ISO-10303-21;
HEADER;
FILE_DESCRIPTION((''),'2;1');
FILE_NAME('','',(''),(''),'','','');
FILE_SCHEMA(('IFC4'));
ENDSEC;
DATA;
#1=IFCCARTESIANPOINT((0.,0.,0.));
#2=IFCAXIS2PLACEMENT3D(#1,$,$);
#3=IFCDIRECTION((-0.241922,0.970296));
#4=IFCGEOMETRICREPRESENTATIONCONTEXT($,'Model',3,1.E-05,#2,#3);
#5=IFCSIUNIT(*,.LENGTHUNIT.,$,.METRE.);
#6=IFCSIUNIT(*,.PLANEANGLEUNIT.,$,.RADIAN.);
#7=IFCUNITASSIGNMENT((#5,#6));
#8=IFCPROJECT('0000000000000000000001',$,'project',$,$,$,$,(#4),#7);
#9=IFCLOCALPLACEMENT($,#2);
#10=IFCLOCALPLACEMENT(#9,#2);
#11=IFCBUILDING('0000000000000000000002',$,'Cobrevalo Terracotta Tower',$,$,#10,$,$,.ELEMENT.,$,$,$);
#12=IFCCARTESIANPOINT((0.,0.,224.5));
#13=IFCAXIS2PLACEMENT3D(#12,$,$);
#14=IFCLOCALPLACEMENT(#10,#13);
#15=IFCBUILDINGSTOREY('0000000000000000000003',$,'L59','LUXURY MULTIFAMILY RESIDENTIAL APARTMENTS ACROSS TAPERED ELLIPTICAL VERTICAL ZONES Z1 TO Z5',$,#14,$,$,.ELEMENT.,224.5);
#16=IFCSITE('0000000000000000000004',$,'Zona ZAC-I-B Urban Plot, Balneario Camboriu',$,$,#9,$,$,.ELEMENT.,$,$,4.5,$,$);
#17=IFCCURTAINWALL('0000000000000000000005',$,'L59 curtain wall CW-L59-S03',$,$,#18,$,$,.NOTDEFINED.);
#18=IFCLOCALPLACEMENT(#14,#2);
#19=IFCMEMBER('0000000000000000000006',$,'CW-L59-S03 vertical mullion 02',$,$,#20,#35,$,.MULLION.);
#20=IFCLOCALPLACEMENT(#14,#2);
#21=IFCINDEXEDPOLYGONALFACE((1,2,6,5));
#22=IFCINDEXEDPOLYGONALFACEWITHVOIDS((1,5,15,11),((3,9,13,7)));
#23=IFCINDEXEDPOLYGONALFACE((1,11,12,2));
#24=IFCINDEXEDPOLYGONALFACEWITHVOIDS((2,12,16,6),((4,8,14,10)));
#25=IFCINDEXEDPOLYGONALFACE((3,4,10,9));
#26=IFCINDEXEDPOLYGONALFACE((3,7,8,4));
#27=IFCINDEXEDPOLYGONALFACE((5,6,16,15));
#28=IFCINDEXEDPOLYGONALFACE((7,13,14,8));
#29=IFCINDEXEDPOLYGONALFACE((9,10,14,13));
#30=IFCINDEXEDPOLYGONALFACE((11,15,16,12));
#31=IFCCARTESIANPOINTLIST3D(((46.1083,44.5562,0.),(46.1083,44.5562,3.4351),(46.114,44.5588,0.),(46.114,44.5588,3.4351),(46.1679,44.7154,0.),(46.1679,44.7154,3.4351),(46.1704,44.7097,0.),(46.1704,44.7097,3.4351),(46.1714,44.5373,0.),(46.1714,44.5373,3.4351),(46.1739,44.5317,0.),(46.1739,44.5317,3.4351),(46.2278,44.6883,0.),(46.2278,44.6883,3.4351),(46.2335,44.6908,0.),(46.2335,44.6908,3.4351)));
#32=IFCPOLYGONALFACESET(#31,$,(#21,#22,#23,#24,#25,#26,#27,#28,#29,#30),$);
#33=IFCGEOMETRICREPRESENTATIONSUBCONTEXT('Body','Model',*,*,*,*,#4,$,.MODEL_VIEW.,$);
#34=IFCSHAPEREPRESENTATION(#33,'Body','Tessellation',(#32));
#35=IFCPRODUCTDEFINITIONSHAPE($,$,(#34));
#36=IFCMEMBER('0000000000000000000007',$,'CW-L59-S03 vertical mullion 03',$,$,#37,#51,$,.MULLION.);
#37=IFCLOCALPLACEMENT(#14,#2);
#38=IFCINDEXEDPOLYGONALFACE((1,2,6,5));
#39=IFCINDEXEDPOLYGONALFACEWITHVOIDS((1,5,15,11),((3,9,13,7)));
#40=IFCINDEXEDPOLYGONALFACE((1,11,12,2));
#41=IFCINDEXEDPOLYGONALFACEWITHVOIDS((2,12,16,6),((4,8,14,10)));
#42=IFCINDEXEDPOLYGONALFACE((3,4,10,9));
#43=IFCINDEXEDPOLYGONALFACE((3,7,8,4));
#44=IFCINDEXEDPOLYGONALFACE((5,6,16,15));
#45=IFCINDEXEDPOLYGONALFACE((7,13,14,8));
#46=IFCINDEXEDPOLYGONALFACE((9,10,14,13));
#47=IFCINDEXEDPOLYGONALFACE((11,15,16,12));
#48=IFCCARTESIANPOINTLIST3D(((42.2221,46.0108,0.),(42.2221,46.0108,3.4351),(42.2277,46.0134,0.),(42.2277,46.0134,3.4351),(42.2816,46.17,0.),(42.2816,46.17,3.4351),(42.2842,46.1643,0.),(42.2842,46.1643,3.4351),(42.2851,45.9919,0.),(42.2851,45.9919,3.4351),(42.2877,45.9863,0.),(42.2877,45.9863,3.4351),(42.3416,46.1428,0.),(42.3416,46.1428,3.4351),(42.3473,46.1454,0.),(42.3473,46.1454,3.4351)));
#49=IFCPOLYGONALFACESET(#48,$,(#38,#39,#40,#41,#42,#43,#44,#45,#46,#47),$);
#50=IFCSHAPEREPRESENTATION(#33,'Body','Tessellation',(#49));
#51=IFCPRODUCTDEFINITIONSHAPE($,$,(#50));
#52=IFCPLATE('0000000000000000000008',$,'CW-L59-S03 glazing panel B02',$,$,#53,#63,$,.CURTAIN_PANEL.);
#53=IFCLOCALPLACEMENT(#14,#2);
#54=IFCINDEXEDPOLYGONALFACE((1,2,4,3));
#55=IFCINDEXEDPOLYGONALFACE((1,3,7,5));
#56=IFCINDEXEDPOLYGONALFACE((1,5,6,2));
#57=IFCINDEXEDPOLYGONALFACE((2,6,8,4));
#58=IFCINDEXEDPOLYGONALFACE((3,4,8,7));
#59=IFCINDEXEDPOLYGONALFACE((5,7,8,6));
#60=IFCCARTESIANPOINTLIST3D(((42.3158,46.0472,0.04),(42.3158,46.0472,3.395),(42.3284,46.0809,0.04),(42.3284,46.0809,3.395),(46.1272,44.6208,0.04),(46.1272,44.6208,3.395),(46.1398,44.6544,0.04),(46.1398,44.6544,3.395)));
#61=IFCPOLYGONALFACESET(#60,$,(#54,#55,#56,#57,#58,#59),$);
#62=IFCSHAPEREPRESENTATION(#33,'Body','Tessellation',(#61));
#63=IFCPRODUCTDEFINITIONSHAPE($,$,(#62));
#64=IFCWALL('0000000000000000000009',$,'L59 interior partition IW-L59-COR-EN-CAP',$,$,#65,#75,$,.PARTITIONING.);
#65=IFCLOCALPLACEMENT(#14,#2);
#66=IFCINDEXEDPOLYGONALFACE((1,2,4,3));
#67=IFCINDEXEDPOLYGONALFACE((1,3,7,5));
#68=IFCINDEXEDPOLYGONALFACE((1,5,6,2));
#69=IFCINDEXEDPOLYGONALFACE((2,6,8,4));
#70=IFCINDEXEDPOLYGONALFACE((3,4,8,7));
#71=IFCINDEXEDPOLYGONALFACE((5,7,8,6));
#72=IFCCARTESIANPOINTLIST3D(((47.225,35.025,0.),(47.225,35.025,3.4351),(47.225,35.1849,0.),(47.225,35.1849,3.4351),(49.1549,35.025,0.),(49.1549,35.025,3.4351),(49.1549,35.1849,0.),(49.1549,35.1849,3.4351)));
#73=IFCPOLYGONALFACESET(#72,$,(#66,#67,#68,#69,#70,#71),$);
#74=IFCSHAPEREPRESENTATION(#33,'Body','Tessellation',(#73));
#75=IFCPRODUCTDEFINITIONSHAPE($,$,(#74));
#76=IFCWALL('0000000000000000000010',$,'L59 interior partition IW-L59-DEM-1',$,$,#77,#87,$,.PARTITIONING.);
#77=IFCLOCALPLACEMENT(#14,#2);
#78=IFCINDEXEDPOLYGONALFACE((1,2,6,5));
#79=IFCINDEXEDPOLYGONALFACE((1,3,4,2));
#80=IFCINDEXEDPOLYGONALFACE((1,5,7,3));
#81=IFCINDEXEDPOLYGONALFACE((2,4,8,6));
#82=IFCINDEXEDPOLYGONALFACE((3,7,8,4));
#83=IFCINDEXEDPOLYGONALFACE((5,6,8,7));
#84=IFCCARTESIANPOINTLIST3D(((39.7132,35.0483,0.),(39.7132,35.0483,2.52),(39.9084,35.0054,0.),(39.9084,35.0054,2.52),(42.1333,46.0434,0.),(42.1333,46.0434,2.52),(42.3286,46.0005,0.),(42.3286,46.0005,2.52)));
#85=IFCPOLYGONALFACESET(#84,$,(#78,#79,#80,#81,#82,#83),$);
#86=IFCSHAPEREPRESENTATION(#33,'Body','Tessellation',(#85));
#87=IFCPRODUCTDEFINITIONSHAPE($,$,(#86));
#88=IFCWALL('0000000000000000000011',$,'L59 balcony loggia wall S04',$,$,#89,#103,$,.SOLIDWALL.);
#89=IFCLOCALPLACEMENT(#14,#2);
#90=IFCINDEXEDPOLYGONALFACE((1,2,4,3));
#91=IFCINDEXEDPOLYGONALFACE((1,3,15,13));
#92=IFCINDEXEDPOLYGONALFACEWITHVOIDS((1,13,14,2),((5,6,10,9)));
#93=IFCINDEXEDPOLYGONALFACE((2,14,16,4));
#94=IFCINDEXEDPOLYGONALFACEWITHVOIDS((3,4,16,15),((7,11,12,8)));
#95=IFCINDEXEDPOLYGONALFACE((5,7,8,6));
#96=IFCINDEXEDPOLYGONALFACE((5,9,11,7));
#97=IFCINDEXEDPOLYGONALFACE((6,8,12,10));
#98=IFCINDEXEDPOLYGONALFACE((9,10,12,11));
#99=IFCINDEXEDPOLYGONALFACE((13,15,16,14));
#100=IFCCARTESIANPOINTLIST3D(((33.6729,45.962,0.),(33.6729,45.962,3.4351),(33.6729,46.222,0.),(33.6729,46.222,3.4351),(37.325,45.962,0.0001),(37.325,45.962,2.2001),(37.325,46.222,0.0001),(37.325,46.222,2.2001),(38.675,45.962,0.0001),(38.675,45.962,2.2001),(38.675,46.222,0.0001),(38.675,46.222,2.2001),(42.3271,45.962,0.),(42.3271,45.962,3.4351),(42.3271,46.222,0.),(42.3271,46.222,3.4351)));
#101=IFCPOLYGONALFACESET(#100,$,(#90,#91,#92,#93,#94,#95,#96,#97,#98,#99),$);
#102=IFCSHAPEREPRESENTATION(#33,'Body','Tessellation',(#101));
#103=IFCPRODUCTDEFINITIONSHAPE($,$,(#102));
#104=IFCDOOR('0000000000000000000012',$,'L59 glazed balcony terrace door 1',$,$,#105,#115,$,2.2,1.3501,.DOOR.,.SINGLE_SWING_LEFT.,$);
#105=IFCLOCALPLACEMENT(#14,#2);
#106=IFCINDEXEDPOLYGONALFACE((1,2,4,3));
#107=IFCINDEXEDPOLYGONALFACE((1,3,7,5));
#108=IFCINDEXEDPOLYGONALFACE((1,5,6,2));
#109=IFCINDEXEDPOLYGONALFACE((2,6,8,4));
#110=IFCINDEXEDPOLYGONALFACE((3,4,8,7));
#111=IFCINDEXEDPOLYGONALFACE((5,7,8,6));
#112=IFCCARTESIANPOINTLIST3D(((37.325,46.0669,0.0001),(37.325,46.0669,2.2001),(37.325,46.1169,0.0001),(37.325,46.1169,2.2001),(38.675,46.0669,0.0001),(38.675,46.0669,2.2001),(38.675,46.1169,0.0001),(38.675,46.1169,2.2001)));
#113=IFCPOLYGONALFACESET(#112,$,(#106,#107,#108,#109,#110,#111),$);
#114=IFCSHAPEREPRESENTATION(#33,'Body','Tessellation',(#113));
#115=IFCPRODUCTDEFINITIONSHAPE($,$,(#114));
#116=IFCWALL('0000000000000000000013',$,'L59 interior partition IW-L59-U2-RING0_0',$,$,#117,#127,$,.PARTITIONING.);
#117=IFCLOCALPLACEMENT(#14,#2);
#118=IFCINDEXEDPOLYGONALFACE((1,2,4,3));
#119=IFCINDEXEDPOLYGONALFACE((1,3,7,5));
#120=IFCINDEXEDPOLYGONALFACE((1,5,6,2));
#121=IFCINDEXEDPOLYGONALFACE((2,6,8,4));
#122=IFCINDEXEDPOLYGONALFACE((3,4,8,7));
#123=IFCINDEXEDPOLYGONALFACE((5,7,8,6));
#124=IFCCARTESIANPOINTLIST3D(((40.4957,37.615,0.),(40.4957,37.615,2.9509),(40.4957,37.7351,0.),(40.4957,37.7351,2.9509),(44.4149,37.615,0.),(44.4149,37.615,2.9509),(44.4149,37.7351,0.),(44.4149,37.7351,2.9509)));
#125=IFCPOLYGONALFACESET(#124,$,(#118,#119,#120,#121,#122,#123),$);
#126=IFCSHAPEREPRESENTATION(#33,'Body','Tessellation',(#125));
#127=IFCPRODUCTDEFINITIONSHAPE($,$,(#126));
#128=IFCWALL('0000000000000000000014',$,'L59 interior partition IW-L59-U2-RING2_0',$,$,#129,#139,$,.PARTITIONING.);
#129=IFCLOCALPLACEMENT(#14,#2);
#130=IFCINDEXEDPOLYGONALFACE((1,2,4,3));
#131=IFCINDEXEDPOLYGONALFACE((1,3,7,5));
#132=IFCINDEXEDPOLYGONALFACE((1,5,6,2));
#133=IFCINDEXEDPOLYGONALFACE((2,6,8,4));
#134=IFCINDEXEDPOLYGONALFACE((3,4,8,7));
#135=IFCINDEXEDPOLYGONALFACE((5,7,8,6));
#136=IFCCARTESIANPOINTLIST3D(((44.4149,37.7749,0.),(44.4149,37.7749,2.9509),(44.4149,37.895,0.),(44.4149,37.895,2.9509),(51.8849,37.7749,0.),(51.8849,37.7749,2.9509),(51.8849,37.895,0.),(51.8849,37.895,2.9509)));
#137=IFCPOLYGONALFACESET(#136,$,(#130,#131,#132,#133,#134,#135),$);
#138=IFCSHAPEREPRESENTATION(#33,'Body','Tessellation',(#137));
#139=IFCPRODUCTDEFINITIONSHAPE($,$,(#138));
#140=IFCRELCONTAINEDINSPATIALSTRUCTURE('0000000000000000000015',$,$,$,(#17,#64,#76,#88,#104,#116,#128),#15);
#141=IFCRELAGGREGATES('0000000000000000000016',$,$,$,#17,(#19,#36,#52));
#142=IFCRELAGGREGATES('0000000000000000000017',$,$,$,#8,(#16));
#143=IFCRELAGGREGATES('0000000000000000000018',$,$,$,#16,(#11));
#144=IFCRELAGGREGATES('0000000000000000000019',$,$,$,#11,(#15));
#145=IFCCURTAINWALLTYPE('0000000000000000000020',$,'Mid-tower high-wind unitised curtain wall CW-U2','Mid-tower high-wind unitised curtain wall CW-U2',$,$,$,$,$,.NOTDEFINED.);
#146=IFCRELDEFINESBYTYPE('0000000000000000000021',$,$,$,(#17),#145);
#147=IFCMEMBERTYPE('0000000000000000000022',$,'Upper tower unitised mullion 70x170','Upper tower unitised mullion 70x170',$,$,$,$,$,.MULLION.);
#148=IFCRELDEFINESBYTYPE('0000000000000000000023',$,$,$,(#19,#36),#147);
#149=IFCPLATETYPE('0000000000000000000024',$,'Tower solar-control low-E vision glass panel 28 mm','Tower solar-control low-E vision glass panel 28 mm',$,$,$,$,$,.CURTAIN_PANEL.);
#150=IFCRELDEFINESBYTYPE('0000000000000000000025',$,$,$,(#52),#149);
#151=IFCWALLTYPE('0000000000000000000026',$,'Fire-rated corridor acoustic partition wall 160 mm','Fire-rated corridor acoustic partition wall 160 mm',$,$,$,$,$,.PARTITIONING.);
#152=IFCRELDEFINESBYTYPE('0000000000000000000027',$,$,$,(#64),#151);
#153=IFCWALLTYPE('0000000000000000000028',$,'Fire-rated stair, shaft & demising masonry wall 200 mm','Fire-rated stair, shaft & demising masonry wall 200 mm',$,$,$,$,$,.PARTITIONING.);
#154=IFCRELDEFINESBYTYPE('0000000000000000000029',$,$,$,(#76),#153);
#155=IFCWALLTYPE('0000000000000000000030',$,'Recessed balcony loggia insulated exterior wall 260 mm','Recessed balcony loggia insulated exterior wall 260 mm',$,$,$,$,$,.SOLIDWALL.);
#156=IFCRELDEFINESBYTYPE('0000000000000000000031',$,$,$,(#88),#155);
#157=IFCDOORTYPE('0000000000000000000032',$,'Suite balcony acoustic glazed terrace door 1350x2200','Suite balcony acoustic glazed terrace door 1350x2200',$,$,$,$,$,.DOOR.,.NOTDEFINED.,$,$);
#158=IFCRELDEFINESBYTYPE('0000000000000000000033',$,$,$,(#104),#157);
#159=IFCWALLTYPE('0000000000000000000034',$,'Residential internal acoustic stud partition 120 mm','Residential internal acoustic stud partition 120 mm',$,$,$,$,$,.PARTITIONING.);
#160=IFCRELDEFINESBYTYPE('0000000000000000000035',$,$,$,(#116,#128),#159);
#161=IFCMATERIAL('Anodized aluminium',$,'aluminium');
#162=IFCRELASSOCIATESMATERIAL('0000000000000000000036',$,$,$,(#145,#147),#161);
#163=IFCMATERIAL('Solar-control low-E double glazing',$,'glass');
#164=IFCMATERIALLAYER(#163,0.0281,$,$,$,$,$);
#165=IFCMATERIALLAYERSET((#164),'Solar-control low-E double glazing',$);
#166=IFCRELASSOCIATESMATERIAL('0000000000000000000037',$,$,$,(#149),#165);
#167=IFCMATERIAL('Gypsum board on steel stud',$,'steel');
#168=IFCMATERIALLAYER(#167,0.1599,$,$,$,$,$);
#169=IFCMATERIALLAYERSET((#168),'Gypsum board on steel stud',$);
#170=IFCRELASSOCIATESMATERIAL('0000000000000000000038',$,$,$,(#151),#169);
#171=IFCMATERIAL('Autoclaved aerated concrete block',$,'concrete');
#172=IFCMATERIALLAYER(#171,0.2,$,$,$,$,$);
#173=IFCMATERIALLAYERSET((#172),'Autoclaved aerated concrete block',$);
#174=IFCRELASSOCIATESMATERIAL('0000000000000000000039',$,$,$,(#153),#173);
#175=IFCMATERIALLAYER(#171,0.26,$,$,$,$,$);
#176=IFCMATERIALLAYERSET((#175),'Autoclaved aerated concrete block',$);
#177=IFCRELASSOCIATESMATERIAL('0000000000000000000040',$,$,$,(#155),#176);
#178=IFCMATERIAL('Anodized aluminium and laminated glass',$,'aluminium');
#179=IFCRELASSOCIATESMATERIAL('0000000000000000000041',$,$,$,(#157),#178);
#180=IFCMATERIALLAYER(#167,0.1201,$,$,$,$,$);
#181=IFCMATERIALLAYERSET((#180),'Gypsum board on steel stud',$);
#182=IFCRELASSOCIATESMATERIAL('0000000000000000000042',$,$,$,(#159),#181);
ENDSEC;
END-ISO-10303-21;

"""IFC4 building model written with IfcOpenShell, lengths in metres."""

from ifc_helpers import new_model, si_unit, direction, frame, frame_2d, origin, origin_2d, place, context, subcontext, project, spatial, rectangle, hollow_rectangle, extrude, source, transform, mapped, material, layer, layer_set, material_profile, profile_set, type_object, element, fill, aggregate, save


model = new_model("IFC4")

# Units and contexts
model_context = context("Model", 3, precision=1e-05, world=origin(), true_north=direction((-0.241922, 0.970296)))
body_context = subcontext(model_context, "Body", "Model", "MODEL_VIEW")
ifc_project = project(units=[si_unit("LENGTHUNIT", "METRE"), si_unit("PLANEANGLEUNIT", "RADIAN")], contexts=[model_context])

# Site, building, storey
site_placement = place(None, origin())
site = spatial("IfcSite", under=ifc_project, at=site_placement, Name="Zona ZAC-I-B Urban Plot, Balneario Camboriu", CompositionType="ELEMENT", RefElevation=4.5)
building_placement = place(site_placement, origin())
building = spatial("IfcBuilding", under=site, at=building_placement, Name="Cobrevalo Terracotta Tower", CompositionType="ELEMENT")
storey_placement = place(building_placement, frame((0.0, 0.0, 224.5)))
storey = spatial("IfcBuildingStorey", under=building, at=storey_placement, Name="L59", Description="LUXURY MULTIFAMILY RESIDENTIAL APARTMENTS ACROSS TAPERED ELLIPTICAL VERTICAL ZONES Z1 TO Z5", CompositionType="ELEMENT", Elevation=224.5)

# Curtain wall, members, plate
ifc_material_1 = material(Name="Anodized aluminium", Category="aluminium")
curtain_wall_type = type_object("IfcCurtainWallType", Name="Mid-tower high-wind unitised curtain wall CW-U2", Description="Mid-tower high-wind unitised curtain wall CW-U2", PredefinedType="NOTDEFINED", material=ifc_material_1)
curtain_wall_placement = place(storey_placement, origin())
curtain_wall = element("IfcCurtainWall", 1, at=curtain_wall_placement, inside=storey, type_object=curtain_wall_type, Name="L59 curtain wall CW-L59-S03", PredefinedType="NOTDEFINED")
ifc_material_profile_1 = material_profile(ifc_material_1, hollow_rectangle(XDim=0.0701, YDim=0.1699, WallThickness=0.0044, at=origin_2d()), Name="CWM 70x170")
ifc_profile_set_1 = profile_set([ifc_material_profile_1], Name="Anodized aluminium")
member_type_1 = type_object("IfcMemberType", Name="Upper tower unitised mullion 70x170", Description="Upper tower unitised mullion 70x170", PredefinedType="MULLION", material=ifc_profile_set_1)
shared_shape_1 = source(origin(), body_context, "Body", "SweptSolid", [
    extrude(hollow_rectangle(XDim=0.0701, YDim=0.1699, WallThickness=0.0044, at=origin_2d()), origin(), (0.0, 0.0, 1.0), 3.4351),
])
member_1_placement = place(storey_placement, frame((46.1709, 44.6235, 0.0), z_axis=(0.0, 0.0, 1.0), x_axis=(-0.936556, 0.350518, 0.0)))
member_1 = element("IfcMember", 2, at=member_1_placement, type_object=member_type_1, Name="CW-L59-S03 vertical mullion 02", PredefinedType="MULLION", context=body_context, shape_type="MappedRepresentation", body=[
    mapped(shared_shape_1, transform((0.0, 0.0, 0.0), scale=1.0)),
])
member_2_placement = place(storey_placement, frame((42.2847, 46.0781, 0.0), z_axis=(0.0, 0.0, 1.0), x_axis=(-0.936556, 0.350518, 0.0)))
member_2 = element("IfcMember", 3, at=member_2_placement, type_object=member_type_1, Name="CW-L59-S03 vertical mullion 03", PredefinedType="MULLION", context=body_context, shape_type="MappedRepresentation", body=[
    mapped(shared_shape_1, transform((0.0, 0.0, 0.0), scale=1.0)),
])
ifc_material_2 = material(Name="Solar-control low-E double glazing", Category="glass")
ifc_layer_1 = layer(ifc_material_2, 0.0281)
ifc_layer_set_1 = layer_set([ifc_layer_1], Name="Solar-control low-E double glazing")
plate_type = type_object("IfcPlateType", Name="Tower solar-control low-E vision glass panel 28 mm", Description="Tower solar-control low-E vision glass panel 28 mm", PredefinedType="CURTAIN_PANEL", material=ifc_layer_set_1)
shared_shape_2 = source(origin(), body_context, "Body", "SweptSolid", [
    extrude(rectangle(XDim=4.0696, YDim=0.0359, at=origin_2d()), origin(), (0.0, 0.0, 1.0), 3.355),
])
plate_placement = place(storey_placement, frame((44.2278, 45.3508, 0.04), z_axis=(0.0, 0.0, 1.0), x_axis=(-0.936558, 0.350513, 0.0)))
plate = element("IfcPlate", 4, at=plate_placement, type_object=plate_type, Name="CW-L59-S03 glazing panel B02", PredefinedType="CURTAIN_PANEL", context=body_context, shape_type="MappedRepresentation", body=[
    mapped(shared_shape_2, transform((0.0, 0.0, 0.0), scale=1.0)),
])
aggregate(curtain_wall, [member_1, member_2, plate])

# Walls
ifc_material_3 = material(Name="Gypsum board on steel stud", Category="steel")
ifc_layer_2 = layer(ifc_material_3, 0.1599)
ifc_layer_set_2 = layer_set([ifc_layer_2], Name="Gypsum board on steel stud")
wall_type_1 = type_object("IfcWallType", Name="Fire-rated corridor acoustic partition wall 160 mm", Description="Fire-rated corridor acoustic partition wall 160 mm", PredefinedType="PARTITIONING", material=ifc_layer_set_2)
wall_1_placement = place(storey_placement, frame((47.2251, 35.105, 0.0), z_axis=(0.0, 0.0, 1.0), x_axis=(1.0, 0.0, 0.0)))
element("IfcWall", 5, at=wall_1_placement, inside=storey, type_object=wall_type_1, Name="L59 interior partition IW-L59-COR-EN-CAP", PredefinedType="PARTITIONING", context=body_context, shape_type="SweptSolid", body=[
    extrude(rectangle(XDim=1.9299, YDim=0.1599, at=frame_2d((0.9648, 0.0))), origin(), (0.0, 0.0, 1.0), 3.4351),
])
ifc_material_4 = material(Name="Autoclaved aerated concrete block", Category="concrete")
ifc_layer_3 = layer(ifc_material_4, 0.2)
ifc_layer_set_3 = layer_set([ifc_layer_3], Name="Autoclaved aerated concrete block")
wall_type_2 = type_object("IfcWallType", Name="Fire-rated stair, shaft & demising masonry wall 200 mm", Description="Fire-rated stair, shaft & demising masonry wall 200 mm", PredefinedType="PARTITIONING", material=ifc_layer_set_3)
wall_2_placement = place(storey_placement, frame((39.8108, 35.0269, 0.0), z_axis=(0.0, 0.0, 1.0), x_axis=(0.214967, 0.976621, 0.0)))
element("IfcWall", 6, at=wall_2_placement, inside=storey, type_object=wall_type_2, Name="L59 interior partition IW-L59-DEM-1", PredefinedType="PARTITIONING", context=body_context, shape_type="SweptSolid", body=[
    extrude(rectangle(XDim=11.2583, YDim=0.2, at=frame_2d((5.6292, 0.0))), origin(), (0.0, 0.0, 1.0), 2.52),
])

# Wall, opening, door
ifc_layer_4 = layer(ifc_material_4, 0.26)
ifc_layer_set_4 = layer_set([ifc_layer_4], Name="Autoclaved aerated concrete block")
wall_type_3 = type_object("IfcWallType", Name="Recessed balcony loggia insulated exterior wall 260 mm", Description="Recessed balcony loggia insulated exterior wall 260 mm", PredefinedType="SOLIDWALL", material=ifc_layer_set_4)
wall_3_placement = place(storey_placement, frame((42.3271, 46.092, 0.0), z_axis=(0.0, 0.0, 1.0), x_axis=(-1.0, 0.0, 0.0)))
wall_3 = element("IfcWall", 7, at=wall_3_placement, inside=storey, type_object=wall_type_3, Name="L59 balcony loggia wall S04", PredefinedType="SOLIDWALL", context=body_context, shape_type="SweptSolid", body=[
    extrude(rectangle(XDim=8.6543, YDim=0.26, at=frame_2d((4.3271, 0.0))), origin(), (0.0, 0.0, 1.0), 3.4351),
])
opening_placement = place(wall_3_placement, frame((3.6521, 0.0, 0.0)))
opening = element("IfcOpeningElement", 8, at=opening_placement, cuts=wall_3, PredefinedType="OPENING", context=body_context, shape_type="SweptSolid", body=[
    extrude(rectangle(XDim=1.3501, YDim=2.2, at=frame_2d((0.675, 1.1001))), frame((0.0, 0.1401, 0.0), z_axis=(0.0, -1.0, 0.0), x_axis=(1.0, 0.0, 0.0)), (0.0, 0.0, 1.0), 0.28),
])
ifc_material_5 = material(Name="Anodized aluminium and laminated glass", Category="aluminium")
door_type = type_object("IfcDoorType", Name="Suite balcony acoustic glazed terrace door 1350x2200", Description="Suite balcony acoustic glazed terrace door 1350x2200", OperationType="NOTDEFINED", PredefinedType="DOOR", material=ifc_material_5)
shared_shape_3 = source(origin(), body_context, "Body", "SweptSolid", [
    extrude(rectangle(XDim=1.3501, YDim=2.2, at=frame_2d((0.675, 1.1001))), frame((0.0, 0.0249, 0.0), z_axis=(0.0, -1.0, 0.0), x_axis=(1.0, 0.0, 0.0)), (0.0, 0.0, 1.0), 0.05),
])
door_placement = place(opening_placement, frame((1.3501, 0.0, 0.0), z_axis=(0.0, 0.0, 1.0), x_axis=(-1.0, 0.0, 0.0)))
door = element("IfcDoor", 9, at=door_placement, inside=storey, type_object=door_type, Name="L59 glazed balcony terrace door 1", OperationType="SINGLE_SWING_LEFT", OverallHeight=2.2, OverallWidth=1.3501, PredefinedType="DOOR", context=body_context, shape_type="MappedRepresentation", body=[
    mapped(shared_shape_3, transform((0.0, 0.0, 0.0), scale=1.0)),
])
fill(opening, door)

# Walls
ifc_layer_5 = layer(ifc_material_3, 0.1201)
ifc_layer_set_5 = layer_set([ifc_layer_5], Name="Gypsum board on steel stud")
wall_type_4 = type_object("IfcWallType", Name="Residential internal acoustic stud partition 120 mm", Description="Residential internal acoustic stud partition 120 mm", PredefinedType="PARTITIONING", material=ifc_layer_set_5)
wall_4_placement = place(storey_placement, frame((40.4958, 37.675, 0.0), z_axis=(0.0, 0.0, 1.0), x_axis=(1.0, 0.0, 0.0)))
element("IfcWall", 10, at=wall_4_placement, inside=storey, type_object=wall_type_4, Name="L59 interior partition IW-L59-U2-RING0_0", PredefinedType="PARTITIONING", context=body_context, shape_type="SweptSolid", body=[
    extrude(rectangle(XDim=3.9192, YDim=0.1201, at=frame_2d((1.9595, 0.0))), origin(), (0.0, 0.0, 1.0), 2.9509),
])
wall_5_placement = place(storey_placement, frame((44.415, 37.835, 0.0), z_axis=(0.0, 0.0, 1.0), x_axis=(1.0, 0.0, 0.0)))
element("IfcWall", 11, at=wall_5_placement, inside=storey, type_object=wall_type_4, Name="L59 interior partition IW-L59-U2-RING2_0", PredefinedType="PARTITIONING", context=body_context, shape_type="SweptSolid", body=[
    extrude(rectangle(XDim=7.47, YDim=0.1201, at=frame_2d((3.7349, 0.0))), origin(), (0.0, 0.0, 1.0), 2.9509),
])

save(model, "model.ifc")
